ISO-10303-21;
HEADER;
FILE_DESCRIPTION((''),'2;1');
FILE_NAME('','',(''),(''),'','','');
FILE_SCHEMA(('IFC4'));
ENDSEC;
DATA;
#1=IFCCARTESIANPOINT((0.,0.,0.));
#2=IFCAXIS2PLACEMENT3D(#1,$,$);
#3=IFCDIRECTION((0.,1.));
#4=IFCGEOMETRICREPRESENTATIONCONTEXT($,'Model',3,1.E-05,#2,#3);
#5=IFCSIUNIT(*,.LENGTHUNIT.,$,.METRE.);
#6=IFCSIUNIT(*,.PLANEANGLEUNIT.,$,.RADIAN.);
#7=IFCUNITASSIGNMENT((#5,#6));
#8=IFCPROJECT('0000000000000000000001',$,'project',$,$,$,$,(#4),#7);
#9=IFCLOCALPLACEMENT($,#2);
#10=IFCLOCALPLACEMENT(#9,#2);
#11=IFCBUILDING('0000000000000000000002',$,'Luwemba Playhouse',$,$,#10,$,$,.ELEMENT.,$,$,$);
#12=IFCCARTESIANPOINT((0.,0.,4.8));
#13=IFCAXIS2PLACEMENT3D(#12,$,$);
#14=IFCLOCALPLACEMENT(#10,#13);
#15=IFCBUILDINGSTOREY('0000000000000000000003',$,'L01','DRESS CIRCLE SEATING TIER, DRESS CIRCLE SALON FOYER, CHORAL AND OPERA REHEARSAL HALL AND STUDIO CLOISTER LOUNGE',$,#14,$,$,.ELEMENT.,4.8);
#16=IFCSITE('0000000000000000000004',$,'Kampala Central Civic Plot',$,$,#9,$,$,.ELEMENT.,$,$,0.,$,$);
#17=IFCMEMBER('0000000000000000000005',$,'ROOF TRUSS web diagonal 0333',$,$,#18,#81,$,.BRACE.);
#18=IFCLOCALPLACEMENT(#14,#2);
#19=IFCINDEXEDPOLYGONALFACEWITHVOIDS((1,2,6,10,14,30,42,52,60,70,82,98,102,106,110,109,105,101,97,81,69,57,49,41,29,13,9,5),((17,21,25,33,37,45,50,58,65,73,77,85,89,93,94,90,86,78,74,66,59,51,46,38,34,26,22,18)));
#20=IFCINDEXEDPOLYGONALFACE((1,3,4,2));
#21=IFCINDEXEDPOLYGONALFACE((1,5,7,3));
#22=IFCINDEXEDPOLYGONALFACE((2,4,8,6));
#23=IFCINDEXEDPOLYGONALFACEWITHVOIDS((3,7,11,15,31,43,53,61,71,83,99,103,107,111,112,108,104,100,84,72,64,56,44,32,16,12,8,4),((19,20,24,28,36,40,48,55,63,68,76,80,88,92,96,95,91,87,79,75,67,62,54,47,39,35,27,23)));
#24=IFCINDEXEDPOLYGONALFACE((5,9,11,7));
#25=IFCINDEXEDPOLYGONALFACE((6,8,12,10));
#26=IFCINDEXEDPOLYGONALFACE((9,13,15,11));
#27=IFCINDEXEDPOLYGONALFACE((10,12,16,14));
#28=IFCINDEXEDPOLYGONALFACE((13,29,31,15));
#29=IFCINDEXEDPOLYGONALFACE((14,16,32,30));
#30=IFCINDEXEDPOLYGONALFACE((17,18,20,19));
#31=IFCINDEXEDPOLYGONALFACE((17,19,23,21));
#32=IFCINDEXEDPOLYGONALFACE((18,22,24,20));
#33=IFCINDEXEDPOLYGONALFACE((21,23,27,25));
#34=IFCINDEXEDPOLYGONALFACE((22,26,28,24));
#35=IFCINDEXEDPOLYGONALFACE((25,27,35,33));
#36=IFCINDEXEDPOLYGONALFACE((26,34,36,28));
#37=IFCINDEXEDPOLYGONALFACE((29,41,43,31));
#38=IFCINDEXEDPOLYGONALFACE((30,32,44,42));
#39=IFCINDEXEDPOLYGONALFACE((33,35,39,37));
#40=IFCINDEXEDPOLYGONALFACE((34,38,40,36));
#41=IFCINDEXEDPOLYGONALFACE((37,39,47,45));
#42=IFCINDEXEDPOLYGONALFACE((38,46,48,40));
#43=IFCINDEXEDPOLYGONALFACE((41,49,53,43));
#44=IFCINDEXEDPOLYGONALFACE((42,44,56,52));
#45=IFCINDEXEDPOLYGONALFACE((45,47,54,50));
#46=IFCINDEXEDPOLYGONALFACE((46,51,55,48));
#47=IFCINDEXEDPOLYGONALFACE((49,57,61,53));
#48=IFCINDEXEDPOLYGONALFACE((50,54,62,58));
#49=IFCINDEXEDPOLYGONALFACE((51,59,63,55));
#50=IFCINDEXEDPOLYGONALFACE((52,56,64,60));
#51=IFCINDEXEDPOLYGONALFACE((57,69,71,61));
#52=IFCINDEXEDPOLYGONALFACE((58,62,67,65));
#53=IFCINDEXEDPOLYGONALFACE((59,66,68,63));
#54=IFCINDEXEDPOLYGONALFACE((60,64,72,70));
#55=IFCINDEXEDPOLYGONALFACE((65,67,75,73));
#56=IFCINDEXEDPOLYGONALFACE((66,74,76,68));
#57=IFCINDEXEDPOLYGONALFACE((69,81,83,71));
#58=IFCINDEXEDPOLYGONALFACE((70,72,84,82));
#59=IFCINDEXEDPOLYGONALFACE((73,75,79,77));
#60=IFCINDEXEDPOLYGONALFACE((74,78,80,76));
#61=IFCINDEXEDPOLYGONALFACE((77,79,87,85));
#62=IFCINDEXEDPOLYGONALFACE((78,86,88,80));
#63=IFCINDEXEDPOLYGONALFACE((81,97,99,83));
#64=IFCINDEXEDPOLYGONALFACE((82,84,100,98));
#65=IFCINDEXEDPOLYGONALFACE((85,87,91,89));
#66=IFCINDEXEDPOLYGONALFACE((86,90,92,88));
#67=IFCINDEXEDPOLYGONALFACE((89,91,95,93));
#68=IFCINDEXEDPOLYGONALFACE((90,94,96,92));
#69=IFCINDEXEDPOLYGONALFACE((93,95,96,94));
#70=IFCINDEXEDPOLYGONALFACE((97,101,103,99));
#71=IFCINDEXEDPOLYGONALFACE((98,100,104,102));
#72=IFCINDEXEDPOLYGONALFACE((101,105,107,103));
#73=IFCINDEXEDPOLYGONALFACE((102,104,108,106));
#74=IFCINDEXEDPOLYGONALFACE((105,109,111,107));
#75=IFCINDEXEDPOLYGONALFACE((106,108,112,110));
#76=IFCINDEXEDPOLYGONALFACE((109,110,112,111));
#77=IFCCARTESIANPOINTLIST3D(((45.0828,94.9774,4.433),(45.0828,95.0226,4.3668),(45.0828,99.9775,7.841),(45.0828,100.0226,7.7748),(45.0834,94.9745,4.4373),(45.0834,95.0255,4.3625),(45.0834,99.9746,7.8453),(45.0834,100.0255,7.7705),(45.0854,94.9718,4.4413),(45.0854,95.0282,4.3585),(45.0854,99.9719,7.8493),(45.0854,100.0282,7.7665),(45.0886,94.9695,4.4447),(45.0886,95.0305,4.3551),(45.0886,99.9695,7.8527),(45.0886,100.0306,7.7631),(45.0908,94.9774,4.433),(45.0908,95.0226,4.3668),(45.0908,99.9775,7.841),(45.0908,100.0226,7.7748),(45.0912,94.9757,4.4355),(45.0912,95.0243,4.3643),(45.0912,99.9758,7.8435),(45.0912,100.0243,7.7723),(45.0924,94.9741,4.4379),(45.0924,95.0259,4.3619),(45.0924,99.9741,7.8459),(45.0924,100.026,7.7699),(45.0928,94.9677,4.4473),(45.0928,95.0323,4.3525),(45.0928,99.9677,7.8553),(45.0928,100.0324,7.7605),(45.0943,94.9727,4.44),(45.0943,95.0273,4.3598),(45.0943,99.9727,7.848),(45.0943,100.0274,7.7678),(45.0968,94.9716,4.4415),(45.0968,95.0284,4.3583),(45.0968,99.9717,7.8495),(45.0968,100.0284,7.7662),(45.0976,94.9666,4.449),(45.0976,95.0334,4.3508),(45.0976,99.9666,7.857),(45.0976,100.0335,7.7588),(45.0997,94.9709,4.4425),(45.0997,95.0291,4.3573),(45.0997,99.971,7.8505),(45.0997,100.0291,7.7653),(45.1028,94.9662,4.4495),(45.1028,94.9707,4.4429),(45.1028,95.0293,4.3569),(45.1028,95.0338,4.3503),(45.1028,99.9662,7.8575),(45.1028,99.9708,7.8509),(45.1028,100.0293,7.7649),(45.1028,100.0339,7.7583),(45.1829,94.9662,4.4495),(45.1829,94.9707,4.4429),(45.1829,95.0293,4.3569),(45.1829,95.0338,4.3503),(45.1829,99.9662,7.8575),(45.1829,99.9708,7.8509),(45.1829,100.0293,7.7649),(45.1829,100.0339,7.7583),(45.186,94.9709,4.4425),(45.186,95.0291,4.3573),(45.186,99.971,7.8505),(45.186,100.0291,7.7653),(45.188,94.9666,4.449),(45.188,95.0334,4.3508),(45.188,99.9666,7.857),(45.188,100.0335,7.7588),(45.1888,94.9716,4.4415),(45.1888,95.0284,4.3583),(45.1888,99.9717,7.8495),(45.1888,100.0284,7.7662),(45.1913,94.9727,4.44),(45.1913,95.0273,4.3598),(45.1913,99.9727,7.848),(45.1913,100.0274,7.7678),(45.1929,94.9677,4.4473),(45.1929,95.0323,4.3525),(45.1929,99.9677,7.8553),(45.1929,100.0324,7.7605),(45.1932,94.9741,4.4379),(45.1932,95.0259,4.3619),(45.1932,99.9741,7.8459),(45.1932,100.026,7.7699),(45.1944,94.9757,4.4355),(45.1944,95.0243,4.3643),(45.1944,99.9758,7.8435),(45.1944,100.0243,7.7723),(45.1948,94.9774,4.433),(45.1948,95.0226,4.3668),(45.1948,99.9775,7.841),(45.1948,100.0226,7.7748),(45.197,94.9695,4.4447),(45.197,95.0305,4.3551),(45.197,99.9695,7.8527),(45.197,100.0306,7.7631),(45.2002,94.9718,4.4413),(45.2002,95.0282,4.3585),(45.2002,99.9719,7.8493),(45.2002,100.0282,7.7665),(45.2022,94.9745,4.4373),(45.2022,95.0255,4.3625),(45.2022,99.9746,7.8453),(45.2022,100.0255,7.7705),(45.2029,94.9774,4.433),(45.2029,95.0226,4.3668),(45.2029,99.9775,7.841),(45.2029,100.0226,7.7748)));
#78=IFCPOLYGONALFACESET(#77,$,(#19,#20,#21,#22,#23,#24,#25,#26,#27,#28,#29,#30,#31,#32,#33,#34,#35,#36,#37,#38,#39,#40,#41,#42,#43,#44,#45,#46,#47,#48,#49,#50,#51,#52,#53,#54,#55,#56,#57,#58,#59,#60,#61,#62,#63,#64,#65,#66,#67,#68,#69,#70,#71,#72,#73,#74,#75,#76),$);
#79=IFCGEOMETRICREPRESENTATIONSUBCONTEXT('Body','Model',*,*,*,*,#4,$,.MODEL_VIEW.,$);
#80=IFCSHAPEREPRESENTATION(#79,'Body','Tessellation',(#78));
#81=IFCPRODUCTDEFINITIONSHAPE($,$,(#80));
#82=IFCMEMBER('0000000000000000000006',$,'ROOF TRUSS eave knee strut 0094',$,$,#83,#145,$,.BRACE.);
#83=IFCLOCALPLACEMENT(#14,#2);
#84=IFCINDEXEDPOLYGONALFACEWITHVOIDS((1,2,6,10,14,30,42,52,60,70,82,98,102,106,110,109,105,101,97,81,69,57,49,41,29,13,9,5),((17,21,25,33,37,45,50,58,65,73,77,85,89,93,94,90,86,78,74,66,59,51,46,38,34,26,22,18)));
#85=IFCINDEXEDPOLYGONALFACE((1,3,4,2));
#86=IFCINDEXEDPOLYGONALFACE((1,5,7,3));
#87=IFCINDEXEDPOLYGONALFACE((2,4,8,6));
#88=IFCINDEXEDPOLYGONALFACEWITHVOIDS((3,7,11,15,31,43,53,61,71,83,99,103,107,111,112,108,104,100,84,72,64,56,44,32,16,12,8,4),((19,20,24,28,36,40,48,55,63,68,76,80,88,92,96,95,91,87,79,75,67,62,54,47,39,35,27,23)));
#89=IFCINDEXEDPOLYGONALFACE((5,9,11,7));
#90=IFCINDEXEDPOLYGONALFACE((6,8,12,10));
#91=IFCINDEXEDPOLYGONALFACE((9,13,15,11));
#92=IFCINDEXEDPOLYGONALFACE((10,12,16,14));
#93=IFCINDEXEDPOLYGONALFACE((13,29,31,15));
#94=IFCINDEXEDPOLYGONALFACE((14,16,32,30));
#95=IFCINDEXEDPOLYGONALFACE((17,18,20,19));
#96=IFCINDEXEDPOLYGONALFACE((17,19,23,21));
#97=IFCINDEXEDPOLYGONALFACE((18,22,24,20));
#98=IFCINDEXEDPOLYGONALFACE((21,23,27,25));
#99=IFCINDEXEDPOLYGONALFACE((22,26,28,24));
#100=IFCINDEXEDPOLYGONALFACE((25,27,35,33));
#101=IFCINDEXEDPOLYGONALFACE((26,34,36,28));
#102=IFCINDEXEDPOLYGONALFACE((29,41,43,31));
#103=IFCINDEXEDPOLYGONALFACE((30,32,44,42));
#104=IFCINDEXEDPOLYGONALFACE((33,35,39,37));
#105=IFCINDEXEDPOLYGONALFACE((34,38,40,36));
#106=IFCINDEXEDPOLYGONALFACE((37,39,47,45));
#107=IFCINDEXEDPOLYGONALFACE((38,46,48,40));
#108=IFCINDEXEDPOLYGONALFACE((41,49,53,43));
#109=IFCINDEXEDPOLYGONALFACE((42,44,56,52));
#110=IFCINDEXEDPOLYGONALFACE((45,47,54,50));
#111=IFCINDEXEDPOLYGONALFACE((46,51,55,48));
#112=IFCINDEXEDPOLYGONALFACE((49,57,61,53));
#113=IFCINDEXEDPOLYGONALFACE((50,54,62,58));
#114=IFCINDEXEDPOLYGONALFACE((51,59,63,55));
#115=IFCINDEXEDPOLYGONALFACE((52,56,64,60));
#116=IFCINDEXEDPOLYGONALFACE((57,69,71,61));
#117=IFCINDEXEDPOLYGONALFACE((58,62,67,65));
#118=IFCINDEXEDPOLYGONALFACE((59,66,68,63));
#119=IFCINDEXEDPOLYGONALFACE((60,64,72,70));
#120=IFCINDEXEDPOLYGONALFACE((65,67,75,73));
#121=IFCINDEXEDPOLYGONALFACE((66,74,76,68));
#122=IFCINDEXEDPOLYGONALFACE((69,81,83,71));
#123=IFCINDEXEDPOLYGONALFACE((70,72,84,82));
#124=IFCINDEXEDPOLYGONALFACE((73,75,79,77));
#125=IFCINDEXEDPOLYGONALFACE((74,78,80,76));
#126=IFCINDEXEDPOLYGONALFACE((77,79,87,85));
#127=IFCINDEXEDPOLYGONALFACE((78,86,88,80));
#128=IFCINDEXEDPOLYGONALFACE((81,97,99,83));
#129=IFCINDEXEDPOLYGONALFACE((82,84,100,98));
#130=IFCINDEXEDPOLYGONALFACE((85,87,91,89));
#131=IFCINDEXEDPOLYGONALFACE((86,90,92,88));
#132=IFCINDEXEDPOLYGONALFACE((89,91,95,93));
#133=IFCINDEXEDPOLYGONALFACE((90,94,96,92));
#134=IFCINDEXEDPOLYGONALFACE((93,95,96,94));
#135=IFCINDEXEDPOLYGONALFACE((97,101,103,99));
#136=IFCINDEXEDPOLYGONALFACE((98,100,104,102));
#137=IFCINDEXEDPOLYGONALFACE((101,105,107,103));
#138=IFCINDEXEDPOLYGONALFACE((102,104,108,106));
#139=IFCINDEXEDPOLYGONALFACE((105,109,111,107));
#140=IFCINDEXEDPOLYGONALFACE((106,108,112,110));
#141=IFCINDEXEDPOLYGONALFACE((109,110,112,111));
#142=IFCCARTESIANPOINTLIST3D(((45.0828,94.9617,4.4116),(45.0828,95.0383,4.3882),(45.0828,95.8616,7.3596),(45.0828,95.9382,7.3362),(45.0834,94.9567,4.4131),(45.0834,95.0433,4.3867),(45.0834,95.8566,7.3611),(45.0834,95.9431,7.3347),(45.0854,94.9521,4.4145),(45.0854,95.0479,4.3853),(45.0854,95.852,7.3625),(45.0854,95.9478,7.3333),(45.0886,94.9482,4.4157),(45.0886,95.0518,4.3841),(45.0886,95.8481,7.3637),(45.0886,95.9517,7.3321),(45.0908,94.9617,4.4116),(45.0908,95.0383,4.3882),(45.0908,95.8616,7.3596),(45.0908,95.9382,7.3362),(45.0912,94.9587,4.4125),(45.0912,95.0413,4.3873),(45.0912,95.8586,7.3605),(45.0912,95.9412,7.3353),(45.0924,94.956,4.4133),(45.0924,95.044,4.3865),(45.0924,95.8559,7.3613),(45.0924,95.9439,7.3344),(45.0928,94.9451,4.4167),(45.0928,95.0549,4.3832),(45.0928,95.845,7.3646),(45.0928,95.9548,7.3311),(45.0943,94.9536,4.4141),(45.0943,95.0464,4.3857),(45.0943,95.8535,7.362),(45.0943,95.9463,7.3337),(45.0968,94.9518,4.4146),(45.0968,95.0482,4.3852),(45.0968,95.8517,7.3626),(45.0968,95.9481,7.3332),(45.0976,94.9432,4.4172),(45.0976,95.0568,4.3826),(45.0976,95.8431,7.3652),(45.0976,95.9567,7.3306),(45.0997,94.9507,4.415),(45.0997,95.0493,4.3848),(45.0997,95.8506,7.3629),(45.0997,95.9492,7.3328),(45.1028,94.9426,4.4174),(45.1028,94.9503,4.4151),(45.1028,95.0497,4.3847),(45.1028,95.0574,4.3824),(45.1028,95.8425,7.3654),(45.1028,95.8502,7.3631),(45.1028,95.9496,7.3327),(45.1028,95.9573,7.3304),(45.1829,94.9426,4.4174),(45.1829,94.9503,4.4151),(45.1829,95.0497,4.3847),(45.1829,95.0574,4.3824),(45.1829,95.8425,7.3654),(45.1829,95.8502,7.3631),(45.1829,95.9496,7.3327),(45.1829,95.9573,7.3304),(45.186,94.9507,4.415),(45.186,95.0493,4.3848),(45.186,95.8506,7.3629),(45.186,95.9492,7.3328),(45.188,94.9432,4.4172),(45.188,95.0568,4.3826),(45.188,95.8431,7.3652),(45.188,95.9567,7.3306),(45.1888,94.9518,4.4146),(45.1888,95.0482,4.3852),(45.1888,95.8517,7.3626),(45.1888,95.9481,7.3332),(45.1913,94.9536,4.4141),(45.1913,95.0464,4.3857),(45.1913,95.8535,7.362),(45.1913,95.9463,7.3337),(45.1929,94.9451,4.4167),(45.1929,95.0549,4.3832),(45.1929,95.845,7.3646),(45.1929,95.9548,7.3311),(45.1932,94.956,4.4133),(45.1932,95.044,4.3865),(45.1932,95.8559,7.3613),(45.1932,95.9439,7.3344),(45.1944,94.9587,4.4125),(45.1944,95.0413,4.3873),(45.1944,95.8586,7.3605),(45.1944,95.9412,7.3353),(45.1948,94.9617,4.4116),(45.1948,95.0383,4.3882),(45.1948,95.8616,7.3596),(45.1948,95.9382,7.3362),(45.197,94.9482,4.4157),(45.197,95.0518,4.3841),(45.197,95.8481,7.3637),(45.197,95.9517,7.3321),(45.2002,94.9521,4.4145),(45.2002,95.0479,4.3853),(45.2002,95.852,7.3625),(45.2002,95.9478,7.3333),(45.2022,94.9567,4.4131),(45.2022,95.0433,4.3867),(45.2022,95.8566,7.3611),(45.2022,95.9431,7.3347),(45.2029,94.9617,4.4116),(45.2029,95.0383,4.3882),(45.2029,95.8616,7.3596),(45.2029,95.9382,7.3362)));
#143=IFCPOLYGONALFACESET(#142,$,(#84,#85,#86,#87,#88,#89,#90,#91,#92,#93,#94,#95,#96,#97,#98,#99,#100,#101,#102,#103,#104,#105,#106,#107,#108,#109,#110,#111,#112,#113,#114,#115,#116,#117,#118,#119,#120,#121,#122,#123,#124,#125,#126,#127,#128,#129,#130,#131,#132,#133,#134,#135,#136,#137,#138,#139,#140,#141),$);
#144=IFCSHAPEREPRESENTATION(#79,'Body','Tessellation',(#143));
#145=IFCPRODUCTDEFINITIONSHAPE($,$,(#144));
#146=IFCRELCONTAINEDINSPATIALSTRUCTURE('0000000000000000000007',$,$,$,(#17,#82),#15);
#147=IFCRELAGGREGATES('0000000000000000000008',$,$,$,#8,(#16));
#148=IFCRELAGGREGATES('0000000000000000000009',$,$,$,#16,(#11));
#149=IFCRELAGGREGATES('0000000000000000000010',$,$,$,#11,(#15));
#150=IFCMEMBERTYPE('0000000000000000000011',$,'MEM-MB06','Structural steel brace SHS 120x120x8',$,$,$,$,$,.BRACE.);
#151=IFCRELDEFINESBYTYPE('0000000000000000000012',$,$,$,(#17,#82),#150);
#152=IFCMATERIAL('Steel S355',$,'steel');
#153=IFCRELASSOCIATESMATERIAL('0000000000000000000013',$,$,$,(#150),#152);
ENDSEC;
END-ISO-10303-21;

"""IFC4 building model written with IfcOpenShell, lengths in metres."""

from ifc_helpers import new_model, si_unit, direction, frame, origin, origin_2d, place, context, subcontext, project, spatial, hollow_rectangle, extrude, material, material_profile, profile_set, type_object, element, save


model = new_model("IFC4")

# Units and contexts
model_context = context("Model", 3, precision=1e-05, world=origin(), true_north=direction((0.0, 1.0)))
body_context = subcontext(model_context, "Body", "Model", "MODEL_VIEW")
ifc_project = project(units=[si_unit("LENGTHUNIT", "METRE"), si_unit("PLANEANGLEUNIT", "RADIAN")], contexts=[model_context])

# Site, building, storey
site_placement = place(None, origin())
site = spatial("IfcSite", under=ifc_project, at=site_placement, Name="Kampala Central Civic Plot", CompositionType="ELEMENT", RefElevation=0.0)
building_placement = place(site_placement, origin())
building = spatial("IfcBuilding", under=site, at=building_placement, Name="Luwemba Playhouse", CompositionType="ELEMENT")
storey_placement = place(building_placement, frame((0.0, 0.0, 4.8)))
storey = spatial("IfcBuildingStorey", under=building, at=storey_placement, Name="L01", Description="DRESS CIRCLE SEATING TIER, DRESS CIRCLE SALON FOYER, CHORAL AND OPERA REHEARSAL HALL AND STUDIO CLOISTER LOUNGE", CompositionType="ELEMENT", Elevation=4.8)

# Shared definitions
ifc_material_1 = material(Name="Steel S355", Category="steel")

# Members
ifc_material_profile_1 = material_profile(ifc_material_1, hollow_rectangle(XDim=0.1201, YDim=0.1201, WallThickness=0.0081, InnerFilletRadius=0.012, OuterFilletRadius=0.02, at=origin_2d()))
ifc_profile_set_1 = profile_set([ifc_material_profile_1], Name="Steel S355")
member_type_1 = type_object("IfcMemberType", Name="MEM-MB06", Description="Structural steel brace SHS 120x120x8", PredefinedType="BRACE", material=ifc_profile_set_1)
member_1_placement = place(storey_placement, frame((45.1428, 95.0, 4.3999), z_axis=(0.0, 0.826314, 0.563209), x_axis=(-1.0, 0.0, 0.0)))
element("IfcMember", 1, at=member_1_placement, inside=storey, type_object=member_type_1, Name="ROOF TRUSS web diagonal 0333", PredefinedType="BRACE", context=body_context, shape_type="SweptSolid", body=[
    extrude(hollow_rectangle(XDim=0.1201, YDim=0.1201, WallThickness=0.0081, InnerFilletRadius=0.012, OuterFilletRadius=0.02, at=origin_2d()), origin(), (0.0, 0.0, 1.0), 6.051),
])
member_2_placement = place(storey_placement, frame((45.1428, 95.0, 4.3999), z_axis=(0.0, 0.291959, 0.956431), x_axis=(-1.0, 0.0, 0.0)))
element("IfcMember", 2, at=member_2_placement, inside=storey, type_object=member_type_1, Name="ROOF TRUSS eave knee strut 0094", PredefinedType="BRACE", context=body_context, shape_type="SweptSolid", body=[
    extrude(hollow_rectangle(XDim=0.1201, YDim=0.1201, WallThickness=0.0081, InnerFilletRadius=0.012, OuterFilletRadius=0.02, at=origin_2d()), origin(), (0.0, 0.0, 1.0), 3.0823),
])

save(model, "model.ifc")
